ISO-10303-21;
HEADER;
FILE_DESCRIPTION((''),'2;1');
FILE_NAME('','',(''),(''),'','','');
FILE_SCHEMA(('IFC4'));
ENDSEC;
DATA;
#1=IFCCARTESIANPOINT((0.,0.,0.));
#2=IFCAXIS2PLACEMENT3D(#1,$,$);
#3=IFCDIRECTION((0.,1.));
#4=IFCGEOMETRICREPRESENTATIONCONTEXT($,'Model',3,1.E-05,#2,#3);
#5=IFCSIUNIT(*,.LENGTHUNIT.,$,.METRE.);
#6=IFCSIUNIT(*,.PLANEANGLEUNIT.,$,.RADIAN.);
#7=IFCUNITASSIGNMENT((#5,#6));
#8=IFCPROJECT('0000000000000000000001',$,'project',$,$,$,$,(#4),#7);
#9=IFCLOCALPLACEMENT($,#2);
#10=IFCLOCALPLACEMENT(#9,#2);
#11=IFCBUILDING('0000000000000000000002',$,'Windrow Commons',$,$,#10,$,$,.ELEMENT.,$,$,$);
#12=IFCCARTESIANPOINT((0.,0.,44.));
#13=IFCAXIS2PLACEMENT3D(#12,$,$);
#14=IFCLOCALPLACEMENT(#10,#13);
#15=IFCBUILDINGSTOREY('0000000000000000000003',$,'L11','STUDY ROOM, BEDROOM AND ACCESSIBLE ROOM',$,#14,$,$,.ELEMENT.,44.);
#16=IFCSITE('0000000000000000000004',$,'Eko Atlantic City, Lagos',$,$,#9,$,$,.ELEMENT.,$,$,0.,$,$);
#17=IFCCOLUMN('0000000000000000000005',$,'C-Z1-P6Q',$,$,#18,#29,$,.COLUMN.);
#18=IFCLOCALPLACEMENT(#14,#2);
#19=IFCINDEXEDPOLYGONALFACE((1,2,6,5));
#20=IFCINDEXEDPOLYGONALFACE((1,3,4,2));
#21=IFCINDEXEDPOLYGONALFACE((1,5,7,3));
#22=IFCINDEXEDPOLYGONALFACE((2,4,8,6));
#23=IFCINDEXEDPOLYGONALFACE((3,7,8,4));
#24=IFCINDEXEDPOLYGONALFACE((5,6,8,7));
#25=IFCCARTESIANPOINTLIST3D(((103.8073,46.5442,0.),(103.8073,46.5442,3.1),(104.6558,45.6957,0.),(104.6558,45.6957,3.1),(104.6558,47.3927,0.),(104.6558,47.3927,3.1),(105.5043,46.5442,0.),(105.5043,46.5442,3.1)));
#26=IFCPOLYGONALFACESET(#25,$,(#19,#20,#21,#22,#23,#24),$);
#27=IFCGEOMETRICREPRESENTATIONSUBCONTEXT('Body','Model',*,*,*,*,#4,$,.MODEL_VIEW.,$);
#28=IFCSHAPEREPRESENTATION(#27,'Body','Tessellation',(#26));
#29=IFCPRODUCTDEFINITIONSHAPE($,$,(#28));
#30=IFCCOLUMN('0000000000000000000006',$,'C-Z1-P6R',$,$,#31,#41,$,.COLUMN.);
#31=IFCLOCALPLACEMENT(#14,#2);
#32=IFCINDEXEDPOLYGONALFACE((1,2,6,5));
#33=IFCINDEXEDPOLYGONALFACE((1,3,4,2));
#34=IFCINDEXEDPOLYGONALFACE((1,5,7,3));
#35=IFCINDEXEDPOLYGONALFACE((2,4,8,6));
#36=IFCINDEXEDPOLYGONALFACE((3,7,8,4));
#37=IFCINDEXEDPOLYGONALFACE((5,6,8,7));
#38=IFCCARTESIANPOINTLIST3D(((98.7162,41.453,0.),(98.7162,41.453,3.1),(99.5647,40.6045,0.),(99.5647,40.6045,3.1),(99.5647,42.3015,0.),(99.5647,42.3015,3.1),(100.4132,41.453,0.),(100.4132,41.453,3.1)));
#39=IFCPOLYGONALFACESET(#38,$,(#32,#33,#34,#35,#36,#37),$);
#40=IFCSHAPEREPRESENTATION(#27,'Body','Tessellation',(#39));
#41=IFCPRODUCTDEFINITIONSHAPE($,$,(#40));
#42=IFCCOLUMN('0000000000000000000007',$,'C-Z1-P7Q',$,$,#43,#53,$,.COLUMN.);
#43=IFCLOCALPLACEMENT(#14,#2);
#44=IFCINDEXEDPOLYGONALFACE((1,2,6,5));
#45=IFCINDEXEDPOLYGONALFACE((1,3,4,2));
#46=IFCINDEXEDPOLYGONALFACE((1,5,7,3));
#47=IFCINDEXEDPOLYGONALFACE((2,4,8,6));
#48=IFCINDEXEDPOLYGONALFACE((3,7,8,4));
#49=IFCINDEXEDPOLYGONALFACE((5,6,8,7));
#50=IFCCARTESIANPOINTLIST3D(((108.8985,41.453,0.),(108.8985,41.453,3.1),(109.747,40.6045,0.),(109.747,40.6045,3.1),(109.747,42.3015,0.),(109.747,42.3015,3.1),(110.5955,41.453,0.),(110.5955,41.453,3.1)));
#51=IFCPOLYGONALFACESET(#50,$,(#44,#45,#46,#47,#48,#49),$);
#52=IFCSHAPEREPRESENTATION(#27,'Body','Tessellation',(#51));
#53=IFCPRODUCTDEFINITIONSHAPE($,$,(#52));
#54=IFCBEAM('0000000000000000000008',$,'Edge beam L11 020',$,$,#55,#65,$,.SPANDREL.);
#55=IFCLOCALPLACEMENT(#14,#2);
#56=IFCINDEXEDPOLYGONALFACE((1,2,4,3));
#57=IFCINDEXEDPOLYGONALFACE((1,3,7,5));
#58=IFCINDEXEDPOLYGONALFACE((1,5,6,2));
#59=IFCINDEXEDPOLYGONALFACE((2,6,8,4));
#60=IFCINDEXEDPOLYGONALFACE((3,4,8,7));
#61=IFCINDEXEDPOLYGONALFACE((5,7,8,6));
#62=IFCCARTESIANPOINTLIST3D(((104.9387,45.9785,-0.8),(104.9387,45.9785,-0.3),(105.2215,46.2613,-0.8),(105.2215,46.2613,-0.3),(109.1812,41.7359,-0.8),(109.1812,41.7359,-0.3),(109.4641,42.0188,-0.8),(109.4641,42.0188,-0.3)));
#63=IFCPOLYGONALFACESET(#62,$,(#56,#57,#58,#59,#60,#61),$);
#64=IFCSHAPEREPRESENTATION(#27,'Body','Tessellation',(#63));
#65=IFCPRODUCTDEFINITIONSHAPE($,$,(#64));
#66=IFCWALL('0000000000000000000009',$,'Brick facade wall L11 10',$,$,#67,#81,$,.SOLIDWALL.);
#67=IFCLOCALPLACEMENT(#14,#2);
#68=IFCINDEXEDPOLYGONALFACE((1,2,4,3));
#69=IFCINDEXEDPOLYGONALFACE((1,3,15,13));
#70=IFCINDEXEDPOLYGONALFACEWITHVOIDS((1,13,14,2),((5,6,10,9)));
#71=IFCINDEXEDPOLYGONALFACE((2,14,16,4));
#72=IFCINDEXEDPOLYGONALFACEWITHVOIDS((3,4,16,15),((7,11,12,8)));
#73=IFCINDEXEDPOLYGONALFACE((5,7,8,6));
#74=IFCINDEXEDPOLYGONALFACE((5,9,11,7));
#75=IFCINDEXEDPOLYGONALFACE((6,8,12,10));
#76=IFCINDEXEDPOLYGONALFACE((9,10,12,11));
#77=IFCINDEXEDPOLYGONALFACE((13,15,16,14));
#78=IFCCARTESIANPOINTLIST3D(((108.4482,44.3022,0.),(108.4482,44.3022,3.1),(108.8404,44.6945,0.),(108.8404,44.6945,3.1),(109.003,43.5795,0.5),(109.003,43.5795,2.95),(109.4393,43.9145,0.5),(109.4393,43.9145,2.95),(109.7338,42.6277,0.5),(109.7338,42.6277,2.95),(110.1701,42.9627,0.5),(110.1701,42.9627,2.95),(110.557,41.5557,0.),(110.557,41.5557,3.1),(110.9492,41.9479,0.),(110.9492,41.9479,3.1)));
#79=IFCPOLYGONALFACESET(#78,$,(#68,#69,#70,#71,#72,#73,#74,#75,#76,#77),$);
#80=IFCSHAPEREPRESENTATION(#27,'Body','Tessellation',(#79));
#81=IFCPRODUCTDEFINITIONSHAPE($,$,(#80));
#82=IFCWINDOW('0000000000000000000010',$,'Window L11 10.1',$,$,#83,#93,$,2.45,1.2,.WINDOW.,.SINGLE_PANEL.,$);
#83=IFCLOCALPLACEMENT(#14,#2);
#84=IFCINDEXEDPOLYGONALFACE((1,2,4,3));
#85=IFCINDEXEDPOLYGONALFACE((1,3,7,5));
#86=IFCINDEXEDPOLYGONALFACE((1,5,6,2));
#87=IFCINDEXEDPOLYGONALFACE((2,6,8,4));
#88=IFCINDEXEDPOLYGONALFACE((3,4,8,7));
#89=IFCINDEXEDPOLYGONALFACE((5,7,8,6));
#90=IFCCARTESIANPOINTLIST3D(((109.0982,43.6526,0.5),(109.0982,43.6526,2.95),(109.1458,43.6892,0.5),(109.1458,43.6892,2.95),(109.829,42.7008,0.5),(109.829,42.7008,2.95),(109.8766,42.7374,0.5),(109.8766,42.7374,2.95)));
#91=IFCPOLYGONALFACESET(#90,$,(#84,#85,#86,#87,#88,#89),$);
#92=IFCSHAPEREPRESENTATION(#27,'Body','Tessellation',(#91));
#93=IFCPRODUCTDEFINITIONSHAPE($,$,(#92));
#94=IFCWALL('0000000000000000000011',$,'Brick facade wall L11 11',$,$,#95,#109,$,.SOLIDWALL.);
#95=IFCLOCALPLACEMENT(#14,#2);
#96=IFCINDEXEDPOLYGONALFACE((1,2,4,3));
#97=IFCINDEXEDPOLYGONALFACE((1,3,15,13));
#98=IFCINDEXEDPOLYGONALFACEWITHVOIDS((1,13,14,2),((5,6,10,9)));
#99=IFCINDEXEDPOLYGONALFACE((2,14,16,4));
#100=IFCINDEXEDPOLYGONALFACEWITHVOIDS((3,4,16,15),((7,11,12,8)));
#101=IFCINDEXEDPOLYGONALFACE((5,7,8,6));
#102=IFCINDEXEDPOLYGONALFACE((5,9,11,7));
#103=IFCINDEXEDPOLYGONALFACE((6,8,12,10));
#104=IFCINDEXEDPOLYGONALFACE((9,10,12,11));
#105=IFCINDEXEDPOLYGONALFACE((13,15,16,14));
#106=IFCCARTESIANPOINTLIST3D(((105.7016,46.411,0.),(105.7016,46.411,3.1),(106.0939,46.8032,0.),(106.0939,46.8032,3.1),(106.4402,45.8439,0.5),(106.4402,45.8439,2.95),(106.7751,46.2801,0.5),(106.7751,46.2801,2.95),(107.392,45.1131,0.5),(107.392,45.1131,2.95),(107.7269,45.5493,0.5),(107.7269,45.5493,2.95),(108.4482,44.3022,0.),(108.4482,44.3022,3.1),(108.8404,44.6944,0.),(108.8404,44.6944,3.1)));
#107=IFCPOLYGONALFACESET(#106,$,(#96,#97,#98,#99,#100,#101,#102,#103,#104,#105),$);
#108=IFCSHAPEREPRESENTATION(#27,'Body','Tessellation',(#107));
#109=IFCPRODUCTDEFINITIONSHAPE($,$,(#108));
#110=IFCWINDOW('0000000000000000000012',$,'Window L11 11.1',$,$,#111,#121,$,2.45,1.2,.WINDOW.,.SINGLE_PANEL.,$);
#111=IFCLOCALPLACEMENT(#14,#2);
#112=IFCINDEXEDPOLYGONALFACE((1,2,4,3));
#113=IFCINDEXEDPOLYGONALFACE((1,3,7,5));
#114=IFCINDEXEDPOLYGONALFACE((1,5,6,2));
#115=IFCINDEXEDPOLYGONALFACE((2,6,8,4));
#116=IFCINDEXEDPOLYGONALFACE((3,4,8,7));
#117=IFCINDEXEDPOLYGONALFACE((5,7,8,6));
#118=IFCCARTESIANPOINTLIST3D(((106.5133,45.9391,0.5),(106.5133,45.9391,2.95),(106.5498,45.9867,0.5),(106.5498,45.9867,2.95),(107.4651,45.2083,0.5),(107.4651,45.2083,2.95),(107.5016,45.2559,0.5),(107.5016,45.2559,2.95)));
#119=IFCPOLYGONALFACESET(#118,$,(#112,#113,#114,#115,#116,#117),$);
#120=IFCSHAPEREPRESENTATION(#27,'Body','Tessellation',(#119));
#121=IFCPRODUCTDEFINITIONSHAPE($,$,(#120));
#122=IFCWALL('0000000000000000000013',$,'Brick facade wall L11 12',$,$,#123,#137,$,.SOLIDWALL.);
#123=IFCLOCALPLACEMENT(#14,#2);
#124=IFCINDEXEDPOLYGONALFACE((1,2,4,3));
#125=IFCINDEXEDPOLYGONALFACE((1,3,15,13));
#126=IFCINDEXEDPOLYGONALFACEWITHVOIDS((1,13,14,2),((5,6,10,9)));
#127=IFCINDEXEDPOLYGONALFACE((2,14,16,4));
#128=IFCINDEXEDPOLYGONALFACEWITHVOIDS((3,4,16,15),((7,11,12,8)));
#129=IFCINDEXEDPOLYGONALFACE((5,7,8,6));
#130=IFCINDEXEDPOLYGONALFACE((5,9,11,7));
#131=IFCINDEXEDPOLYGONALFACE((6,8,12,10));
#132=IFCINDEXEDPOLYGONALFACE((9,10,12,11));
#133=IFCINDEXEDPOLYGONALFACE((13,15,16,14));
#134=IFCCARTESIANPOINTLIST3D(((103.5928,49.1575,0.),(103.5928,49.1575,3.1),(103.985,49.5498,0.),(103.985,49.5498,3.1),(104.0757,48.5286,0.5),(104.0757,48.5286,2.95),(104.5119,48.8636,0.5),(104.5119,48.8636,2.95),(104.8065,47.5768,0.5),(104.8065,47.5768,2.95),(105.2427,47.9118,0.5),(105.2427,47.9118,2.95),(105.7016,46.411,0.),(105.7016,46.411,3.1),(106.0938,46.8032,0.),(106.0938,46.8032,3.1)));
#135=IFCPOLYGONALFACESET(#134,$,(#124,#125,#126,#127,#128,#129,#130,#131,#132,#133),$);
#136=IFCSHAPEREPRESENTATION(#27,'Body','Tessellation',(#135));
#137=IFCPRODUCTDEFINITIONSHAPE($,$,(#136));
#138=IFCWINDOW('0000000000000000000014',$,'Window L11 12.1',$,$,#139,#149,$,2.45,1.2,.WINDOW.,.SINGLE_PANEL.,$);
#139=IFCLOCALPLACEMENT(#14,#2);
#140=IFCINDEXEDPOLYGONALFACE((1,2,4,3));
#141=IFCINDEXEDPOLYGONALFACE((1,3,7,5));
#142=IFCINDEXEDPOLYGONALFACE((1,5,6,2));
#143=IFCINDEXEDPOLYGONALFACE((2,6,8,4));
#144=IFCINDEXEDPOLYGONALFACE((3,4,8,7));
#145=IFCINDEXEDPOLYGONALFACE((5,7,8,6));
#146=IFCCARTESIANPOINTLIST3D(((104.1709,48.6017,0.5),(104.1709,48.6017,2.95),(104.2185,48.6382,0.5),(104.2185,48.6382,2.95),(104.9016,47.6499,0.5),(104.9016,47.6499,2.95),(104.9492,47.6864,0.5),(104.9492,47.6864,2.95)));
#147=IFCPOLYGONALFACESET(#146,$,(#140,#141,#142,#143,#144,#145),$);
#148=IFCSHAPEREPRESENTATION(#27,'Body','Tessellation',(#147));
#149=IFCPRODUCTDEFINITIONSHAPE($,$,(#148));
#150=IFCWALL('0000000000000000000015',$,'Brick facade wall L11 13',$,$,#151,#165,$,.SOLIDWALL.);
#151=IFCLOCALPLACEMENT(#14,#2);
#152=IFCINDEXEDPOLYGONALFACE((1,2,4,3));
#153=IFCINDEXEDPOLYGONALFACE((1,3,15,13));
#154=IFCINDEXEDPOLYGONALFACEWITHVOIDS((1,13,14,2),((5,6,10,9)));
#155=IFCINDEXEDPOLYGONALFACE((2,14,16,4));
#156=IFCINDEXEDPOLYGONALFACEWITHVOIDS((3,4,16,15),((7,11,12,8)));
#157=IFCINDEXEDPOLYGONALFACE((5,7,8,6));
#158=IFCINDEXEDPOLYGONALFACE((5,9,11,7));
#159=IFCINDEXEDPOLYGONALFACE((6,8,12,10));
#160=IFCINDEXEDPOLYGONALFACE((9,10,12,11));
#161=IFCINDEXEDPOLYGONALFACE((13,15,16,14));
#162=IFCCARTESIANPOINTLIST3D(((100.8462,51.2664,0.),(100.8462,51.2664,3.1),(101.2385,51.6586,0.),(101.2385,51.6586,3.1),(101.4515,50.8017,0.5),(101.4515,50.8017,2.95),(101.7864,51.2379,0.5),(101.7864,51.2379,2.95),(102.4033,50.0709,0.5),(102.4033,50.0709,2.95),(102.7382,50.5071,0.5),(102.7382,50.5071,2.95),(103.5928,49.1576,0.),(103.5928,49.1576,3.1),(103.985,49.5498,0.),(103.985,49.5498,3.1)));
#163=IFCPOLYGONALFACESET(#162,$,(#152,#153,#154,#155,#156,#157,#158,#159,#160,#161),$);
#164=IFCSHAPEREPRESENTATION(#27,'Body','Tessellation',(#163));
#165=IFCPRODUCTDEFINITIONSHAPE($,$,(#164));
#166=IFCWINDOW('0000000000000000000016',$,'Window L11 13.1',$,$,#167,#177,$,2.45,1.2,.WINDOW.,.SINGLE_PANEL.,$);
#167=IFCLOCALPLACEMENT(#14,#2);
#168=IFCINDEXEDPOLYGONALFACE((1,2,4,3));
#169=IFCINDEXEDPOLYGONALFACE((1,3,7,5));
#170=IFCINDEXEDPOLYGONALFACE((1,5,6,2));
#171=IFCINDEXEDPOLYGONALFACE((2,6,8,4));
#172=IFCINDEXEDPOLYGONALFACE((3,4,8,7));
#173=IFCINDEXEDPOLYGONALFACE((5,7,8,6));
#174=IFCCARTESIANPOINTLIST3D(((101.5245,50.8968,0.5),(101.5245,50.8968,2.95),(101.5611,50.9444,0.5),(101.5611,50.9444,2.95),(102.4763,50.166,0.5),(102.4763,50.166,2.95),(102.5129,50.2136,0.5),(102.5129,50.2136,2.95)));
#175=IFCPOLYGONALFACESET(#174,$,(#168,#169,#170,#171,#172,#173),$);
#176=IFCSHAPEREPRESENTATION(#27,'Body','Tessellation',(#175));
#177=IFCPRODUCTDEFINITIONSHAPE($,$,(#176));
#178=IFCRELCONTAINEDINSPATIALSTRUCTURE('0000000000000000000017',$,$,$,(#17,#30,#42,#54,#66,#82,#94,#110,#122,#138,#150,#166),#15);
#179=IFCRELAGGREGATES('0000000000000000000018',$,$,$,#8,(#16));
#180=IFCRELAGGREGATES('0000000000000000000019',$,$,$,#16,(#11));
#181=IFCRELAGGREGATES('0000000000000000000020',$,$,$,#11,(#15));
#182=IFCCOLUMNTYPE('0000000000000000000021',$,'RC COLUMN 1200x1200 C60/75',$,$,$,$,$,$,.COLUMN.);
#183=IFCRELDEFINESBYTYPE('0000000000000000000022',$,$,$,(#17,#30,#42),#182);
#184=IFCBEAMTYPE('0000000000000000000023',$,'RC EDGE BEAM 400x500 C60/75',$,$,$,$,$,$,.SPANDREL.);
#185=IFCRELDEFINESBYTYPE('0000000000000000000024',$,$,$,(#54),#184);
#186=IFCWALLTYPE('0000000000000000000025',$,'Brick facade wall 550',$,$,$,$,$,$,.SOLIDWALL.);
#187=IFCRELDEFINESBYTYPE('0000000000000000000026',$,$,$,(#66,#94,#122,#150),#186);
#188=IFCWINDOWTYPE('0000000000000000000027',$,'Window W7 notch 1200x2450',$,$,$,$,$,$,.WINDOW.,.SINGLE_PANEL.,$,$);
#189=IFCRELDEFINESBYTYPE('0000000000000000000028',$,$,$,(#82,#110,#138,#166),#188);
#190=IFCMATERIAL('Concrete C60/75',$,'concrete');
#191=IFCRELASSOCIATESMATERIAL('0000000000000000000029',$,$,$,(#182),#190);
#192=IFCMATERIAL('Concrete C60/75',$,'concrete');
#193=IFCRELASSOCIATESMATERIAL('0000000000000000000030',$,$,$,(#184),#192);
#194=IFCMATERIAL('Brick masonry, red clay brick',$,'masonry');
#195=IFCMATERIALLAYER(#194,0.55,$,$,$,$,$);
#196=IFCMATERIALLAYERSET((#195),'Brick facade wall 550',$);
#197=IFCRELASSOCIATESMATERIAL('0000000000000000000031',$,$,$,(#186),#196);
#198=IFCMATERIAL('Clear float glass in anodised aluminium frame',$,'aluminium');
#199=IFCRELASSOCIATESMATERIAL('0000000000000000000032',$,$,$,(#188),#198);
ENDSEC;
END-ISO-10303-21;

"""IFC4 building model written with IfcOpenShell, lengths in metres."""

from ifc_helpers import new_model, si_unit, direction, frame, frame_2d, origin, origin_2d, place, context, subcontext, project, spatial, polyline, rectangle, outline, extrude, material, layer, layer_set, material_profile, profile_set, type_object, element, fill, save


model = new_model("IFC4")

# Units and contexts
model_context = context("Model", 3, precision=1e-05, world=origin(), true_north=direction((0.0, 1.0)))
body_context = subcontext(model_context, "Body", "Model", "MODEL_VIEW")
ifc_project = project(units=[si_unit("LENGTHUNIT", "METRE"), si_unit("PLANEANGLEUNIT", "RADIAN")], contexts=[model_context])

# Site, building, storey
site_placement = place(None, origin())
site = spatial("IfcSite", under=ifc_project, at=site_placement, Name="Eko Atlantic City, Lagos", CompositionType="ELEMENT", RefElevation=0.0)
building_placement = place(site_placement, origin())
building = spatial("IfcBuilding", under=site, at=building_placement, Name="Windrow Commons", CompositionType="ELEMENT")
storey_placement = place(building_placement, frame((0.0, 0.0, 44.0)))
storey = spatial("IfcBuildingStorey", under=building, at=storey_placement, Name="L11", Description="STUDY ROOM, BEDROOM AND ACCESSIBLE ROOM", CompositionType="ELEMENT", Elevation=44.0)

# Columns
ifc_material_1 = material(Name="Concrete C60/75", Category="concrete")
ifc_material_profile_1 = material_profile(ifc_material_1, rectangle(XDim=1.2, YDim=1.2, at=origin_2d()))
ifc_profile_set_1 = profile_set([ifc_material_profile_1], Name="Concrete C60/75")
column_type = type_object("IfcColumnType", Name="RC COLUMN 1200x1200 C60/75", PredefinedType="COLUMN", material=ifc_profile_set_1)
for number, where, z_axis, x_axis, name in (
    (1, (104.6558, 46.5442, 0.0), (0.0, 0.0, 1.0), (0.707107, -0.707107, 0.0), "C-Z1-P6Q"),
    (2, (99.5647, 41.453, 0.0), (0.0, 0.0, 1.0), (0.707107, -0.707107, 0.0), "C-Z1-P6R"),
    (3, (109.747, 41.453, 0.0), (0.0, 0.0, 1.0), (0.707107, -0.707107, 0.0), "C-Z1-P7Q"),
):
    element("IfcColumn", number, at=place(storey_placement, frame(where, z_axis=z_axis, x_axis=x_axis)), inside=storey, type_object=column_type, Name=name, PredefinedType="COLUMN", context=body_context, shape_type="SweptSolid", body=[
        extrude(rectangle(XDim=1.2, YDim=1.2, at=origin_2d()), origin(), (0.0, 0.0, 1.0), 3.1),
    ])

# Beam
ifc_material_2 = material(Name="Concrete C60/75", Category="concrete")
ifc_material_profile_2 = material_profile(ifc_material_2, rectangle(XDim=0.4, YDim=0.5, at=origin_2d()))
ifc_profile_set_2 = profile_set([ifc_material_profile_2], Name="Concrete C60/75")
beam_type = type_object("IfcBeamType", Name="RC EDGE BEAM 400x500 C60/75", PredefinedType="SPANDREL", material=ifc_profile_set_2)
beam_placement = place(storey_placement, frame((105.0801, 46.1199, -0.55), z_axis=(0.707107, -0.707107, 0.0), x_axis=(0.707107, 0.707107, 0.0)))
element("IfcBeam", 4, at=beam_placement, inside=storey, type_object=beam_type, Name="Edge beam L11 020", PredefinedType="SPANDREL", context=body_context, shape_type="SweptSolid", body=[
    extrude(rectangle(XDim=0.4, YDim=0.5, at=origin_2d()), origin(), (0.0, 0.0, 1.0), 5.9999),
])

# Walls, openings, windows
ifc_material_3 = material(Name="Brick masonry, red clay brick", Category="masonry")
ifc_layer_1 = layer(ifc_material_3, 0.55)
ifc_layer_set_1 = layer_set([ifc_layer_1], Name="Brick facade wall 550")
wall_type_1 = type_object("IfcWallType", Name="Brick facade wall 550", PredefinedType="SOLIDWALL", material=ifc_layer_set_1)
wall_1_placement = place(storey_placement, frame((110.7531, 41.7518, 0.0), z_axis=(0.0, 0.0, 1.0), x_axis=(-0.609004, 0.793167, 0.0)))
wall_1 = element("IfcWall", 5, at=wall_1_placement, inside=storey, type_object=wall_type_1, Name="Brick facade wall L11 10", PredefinedType="SOLIDWALL", context=body_context, shape_type="SweptSolid", body=[
    extrude(outline(polyline([(0.0361, -0.275), (3.4989, -0.275), (3.4266, 0.275), (-0.0361, 0.275), (0.0361, -0.275)])), origin(), (0.0, 0.0, 1.0), 3.1),
])
opening_1_placement = place(wall_1_placement, frame((1.3155, 0.0, 0.5)))
opening_1 = element("IfcOpeningElement", 6, at=opening_1_placement, cuts=wall_1, PredefinedType="OPENING", context=body_context, shape_type="SweptSolid", body=[
    extrude(rectangle(XDim=1.2, YDim=2.45, at=frame_2d((0.6, 1.225))), frame((0.0, 0.285, 0.0), z_axis=(0.0, -1.0, 0.0), x_axis=(1.0, 0.0, 0.0)), (0.0, 0.0, 1.0), 0.57),
])
ifc_material_4 = material(Name="Clear float glass in anodised aluminium frame", Category="aluminium")
window_type = type_object("IfcWindowType", Name="Window W7 notch 1200x2450", PartitioningType="SINGLE_PANEL", PredefinedType="WINDOW", material=ifc_material_4)
window_1_placement = place(opening_1_placement, origin())
window_1 = element("IfcWindow", 7, at=window_1_placement, inside=storey, type_object=window_type, Name="Window L11 10.1", OverallHeight=2.45, OverallWidth=1.2, PartitioningType="SINGLE_PANEL", PredefinedType="WINDOW", context=body_context, shape_type="SweptSolid", body=[
    extrude(rectangle(XDim=1.2, YDim=2.45, at=frame_2d((0.6, 1.225))), frame((0.0, 0.155, 0.0), z_axis=(0.0, -1.0, 0.0), x_axis=(1.0, 0.0, 0.0)), (0.0, 0.0, 1.0), 0.06),
])
fill(opening_1, window_1)
wall_2_placement = place(storey_placement, frame((108.6443, 44.4983, 0.0), z_axis=(0.0, 0.0, 1.0), x_axis=(-0.793178, 0.60899, 0.0)))
wall_2 = element("IfcWall", 8, at=wall_2_placement, inside=storey, type_object=wall_type_1, Name="Brick facade wall L11 11", PredefinedType="SOLIDWALL", context=body_context, shape_type="SweptSolid", body=[
    extrude(outline(polyline([(-0.0361, -0.275), (3.4266, -0.275), (3.4989, 0.275), (0.0361, 0.275), (-0.0361, -0.275)])), origin(), (0.0, 0.0, 1.0), 3.1),
])
opening_2_placement = place(wall_2_placement, frame((1.3677, 0.0, 0.5)))
opening_2 = element("IfcOpeningElement", 9, at=opening_2_placement, cuts=wall_2, PredefinedType="OPENING", context=body_context, shape_type="SweptSolid", body=[
    extrude(rectangle(XDim=1.2, YDim=2.45, at=frame_2d((0.6, 1.225))), frame((0.0, 0.285, 0.0), z_axis=(0.0, -1.0, 0.0), x_axis=(1.0, 0.0, 0.0)), (0.0, 0.0, 1.0), 0.57),
])
window_2_placement = place(opening_2_placement, origin())
window_2 = element("IfcWindow", 10, at=window_2_placement, inside=storey, type_object=window_type, Name="Window L11 11.1", OverallHeight=2.45, OverallWidth=1.2, PartitioningType="SINGLE_PANEL", PredefinedType="WINDOW", context=body_context, shape_type="SweptSolid", body=[
    extrude(rectangle(XDim=1.2, YDim=2.45, at=frame_2d((0.6, 1.225))), frame((0.0, 0.155, 0.0), z_axis=(0.0, -1.0, 0.0), x_axis=(1.0, 0.0, 0.0)), (0.0, 0.0, 1.0), 0.06),
])
fill(opening_2, window_2)
wall_3_placement = place(storey_placement, frame((105.8977, 46.6071, 0.0), z_axis=(0.0, 0.0, 1.0), x_axis=(-0.60899, 0.793178, 0.0)))
wall_3 = element("IfcWall", 11, at=wall_3_placement, inside=storey, type_object=wall_type_1, Name="Brick facade wall L11 12", PredefinedType="SOLIDWALL", context=body_context, shape_type="SweptSolid", body=[
    extrude(outline(polyline([(0.0361, -0.275), (3.4989, -0.275), (3.4266, 0.275), (-0.0361, 0.275), (0.0361, -0.275)])), origin(), (0.0, 0.0, 1.0), 3.1),
])
opening_3_placement = place(wall_3_placement, frame((1.4337, 0.0, 0.5)))
opening_3 = element("IfcOpeningElement", 12, at=opening_3_placement, cuts=wall_3, PredefinedType="OPENING", context=body_context, shape_type="SweptSolid", body=[
    extrude(rectangle(XDim=1.2, YDim=2.45, at=frame_2d((0.6, 1.225))), frame((0.0, 0.285, 0.0), z_axis=(0.0, -1.0, 0.0), x_axis=(1.0, 0.0, 0.0)), (0.0, 0.0, 1.0), 0.57),
])
window_3_placement = place(opening_3_placement, origin())
window_3 = element("IfcWindow", 13, at=window_3_placement, inside=storey, type_object=window_type, Name="Window L11 12.1", OverallHeight=2.45, OverallWidth=1.2, PartitioningType="SINGLE_PANEL", PredefinedType="WINDOW", context=body_context, shape_type="SweptSolid", body=[
    extrude(rectangle(XDim=1.2, YDim=2.45, at=frame_2d((0.6, 1.225))), frame((0.0, 0.155, 0.0), z_axis=(0.0, -1.0, 0.0), x_axis=(1.0, 0.0, 0.0)), (0.0, 0.0, 1.0), 0.06),
])
fill(opening_3, window_3)
wall_4_placement = place(storey_placement, frame((103.7889, 49.3537, 0.0), z_axis=(0.0, 0.0, 1.0), x_axis=(-0.793178, 0.60899, 0.0)))
wall_4 = element("IfcWall", 14, at=wall_4_placement, inside=storey, type_object=wall_type_1, Name="Brick facade wall L11 13", PredefinedType="SOLIDWALL", context=body_context, shape_type="SweptSolid", body=[
    extrude(outline(polyline([(-0.0361, -0.275), (3.4266, -0.275), (3.4989, 0.275), (0.0361, 0.275), (-0.0361, -0.275)])), origin(), (0.0, 0.0, 1.0), 3.1),
])
opening_4_placement = place(wall_4_placement, frame((1.5358, 0.0, 0.5)))
opening_4 = element("IfcOpeningElement", 15, at=opening_4_placement, cuts=wall_4, PredefinedType="OPENING", context=body_context, shape_type="SweptSolid", body=[
    extrude(rectangle(XDim=1.2, YDim=2.45, at=frame_2d((0.6, 1.225))), frame((0.0, 0.285, 0.0), z_axis=(0.0, -1.0, 0.0), x_axis=(1.0, 0.0, 0.0)), (0.0, 0.0, 1.0), 0.57),
])
window_4_placement = place(opening_4_placement, origin())
window_4 = element("IfcWindow", 16, at=window_4_placement, inside=storey, type_object=window_type, Name="Window L11 13.1", OverallHeight=2.45, OverallWidth=1.2, PartitioningType="SINGLE_PANEL", PredefinedType="WINDOW", context=body_context, shape_type="SweptSolid", body=[
    extrude(rectangle(XDim=1.2, YDim=2.45, at=frame_2d((0.6, 1.225))), frame((0.0, 0.155, 0.0), z_axis=(0.0, -1.0, 0.0), x_axis=(1.0, 0.0, 0.0)), (0.0, 0.0, 1.0), 0.06),
])
fill(opening_4, window_4)

save(model, "model.ifc")
